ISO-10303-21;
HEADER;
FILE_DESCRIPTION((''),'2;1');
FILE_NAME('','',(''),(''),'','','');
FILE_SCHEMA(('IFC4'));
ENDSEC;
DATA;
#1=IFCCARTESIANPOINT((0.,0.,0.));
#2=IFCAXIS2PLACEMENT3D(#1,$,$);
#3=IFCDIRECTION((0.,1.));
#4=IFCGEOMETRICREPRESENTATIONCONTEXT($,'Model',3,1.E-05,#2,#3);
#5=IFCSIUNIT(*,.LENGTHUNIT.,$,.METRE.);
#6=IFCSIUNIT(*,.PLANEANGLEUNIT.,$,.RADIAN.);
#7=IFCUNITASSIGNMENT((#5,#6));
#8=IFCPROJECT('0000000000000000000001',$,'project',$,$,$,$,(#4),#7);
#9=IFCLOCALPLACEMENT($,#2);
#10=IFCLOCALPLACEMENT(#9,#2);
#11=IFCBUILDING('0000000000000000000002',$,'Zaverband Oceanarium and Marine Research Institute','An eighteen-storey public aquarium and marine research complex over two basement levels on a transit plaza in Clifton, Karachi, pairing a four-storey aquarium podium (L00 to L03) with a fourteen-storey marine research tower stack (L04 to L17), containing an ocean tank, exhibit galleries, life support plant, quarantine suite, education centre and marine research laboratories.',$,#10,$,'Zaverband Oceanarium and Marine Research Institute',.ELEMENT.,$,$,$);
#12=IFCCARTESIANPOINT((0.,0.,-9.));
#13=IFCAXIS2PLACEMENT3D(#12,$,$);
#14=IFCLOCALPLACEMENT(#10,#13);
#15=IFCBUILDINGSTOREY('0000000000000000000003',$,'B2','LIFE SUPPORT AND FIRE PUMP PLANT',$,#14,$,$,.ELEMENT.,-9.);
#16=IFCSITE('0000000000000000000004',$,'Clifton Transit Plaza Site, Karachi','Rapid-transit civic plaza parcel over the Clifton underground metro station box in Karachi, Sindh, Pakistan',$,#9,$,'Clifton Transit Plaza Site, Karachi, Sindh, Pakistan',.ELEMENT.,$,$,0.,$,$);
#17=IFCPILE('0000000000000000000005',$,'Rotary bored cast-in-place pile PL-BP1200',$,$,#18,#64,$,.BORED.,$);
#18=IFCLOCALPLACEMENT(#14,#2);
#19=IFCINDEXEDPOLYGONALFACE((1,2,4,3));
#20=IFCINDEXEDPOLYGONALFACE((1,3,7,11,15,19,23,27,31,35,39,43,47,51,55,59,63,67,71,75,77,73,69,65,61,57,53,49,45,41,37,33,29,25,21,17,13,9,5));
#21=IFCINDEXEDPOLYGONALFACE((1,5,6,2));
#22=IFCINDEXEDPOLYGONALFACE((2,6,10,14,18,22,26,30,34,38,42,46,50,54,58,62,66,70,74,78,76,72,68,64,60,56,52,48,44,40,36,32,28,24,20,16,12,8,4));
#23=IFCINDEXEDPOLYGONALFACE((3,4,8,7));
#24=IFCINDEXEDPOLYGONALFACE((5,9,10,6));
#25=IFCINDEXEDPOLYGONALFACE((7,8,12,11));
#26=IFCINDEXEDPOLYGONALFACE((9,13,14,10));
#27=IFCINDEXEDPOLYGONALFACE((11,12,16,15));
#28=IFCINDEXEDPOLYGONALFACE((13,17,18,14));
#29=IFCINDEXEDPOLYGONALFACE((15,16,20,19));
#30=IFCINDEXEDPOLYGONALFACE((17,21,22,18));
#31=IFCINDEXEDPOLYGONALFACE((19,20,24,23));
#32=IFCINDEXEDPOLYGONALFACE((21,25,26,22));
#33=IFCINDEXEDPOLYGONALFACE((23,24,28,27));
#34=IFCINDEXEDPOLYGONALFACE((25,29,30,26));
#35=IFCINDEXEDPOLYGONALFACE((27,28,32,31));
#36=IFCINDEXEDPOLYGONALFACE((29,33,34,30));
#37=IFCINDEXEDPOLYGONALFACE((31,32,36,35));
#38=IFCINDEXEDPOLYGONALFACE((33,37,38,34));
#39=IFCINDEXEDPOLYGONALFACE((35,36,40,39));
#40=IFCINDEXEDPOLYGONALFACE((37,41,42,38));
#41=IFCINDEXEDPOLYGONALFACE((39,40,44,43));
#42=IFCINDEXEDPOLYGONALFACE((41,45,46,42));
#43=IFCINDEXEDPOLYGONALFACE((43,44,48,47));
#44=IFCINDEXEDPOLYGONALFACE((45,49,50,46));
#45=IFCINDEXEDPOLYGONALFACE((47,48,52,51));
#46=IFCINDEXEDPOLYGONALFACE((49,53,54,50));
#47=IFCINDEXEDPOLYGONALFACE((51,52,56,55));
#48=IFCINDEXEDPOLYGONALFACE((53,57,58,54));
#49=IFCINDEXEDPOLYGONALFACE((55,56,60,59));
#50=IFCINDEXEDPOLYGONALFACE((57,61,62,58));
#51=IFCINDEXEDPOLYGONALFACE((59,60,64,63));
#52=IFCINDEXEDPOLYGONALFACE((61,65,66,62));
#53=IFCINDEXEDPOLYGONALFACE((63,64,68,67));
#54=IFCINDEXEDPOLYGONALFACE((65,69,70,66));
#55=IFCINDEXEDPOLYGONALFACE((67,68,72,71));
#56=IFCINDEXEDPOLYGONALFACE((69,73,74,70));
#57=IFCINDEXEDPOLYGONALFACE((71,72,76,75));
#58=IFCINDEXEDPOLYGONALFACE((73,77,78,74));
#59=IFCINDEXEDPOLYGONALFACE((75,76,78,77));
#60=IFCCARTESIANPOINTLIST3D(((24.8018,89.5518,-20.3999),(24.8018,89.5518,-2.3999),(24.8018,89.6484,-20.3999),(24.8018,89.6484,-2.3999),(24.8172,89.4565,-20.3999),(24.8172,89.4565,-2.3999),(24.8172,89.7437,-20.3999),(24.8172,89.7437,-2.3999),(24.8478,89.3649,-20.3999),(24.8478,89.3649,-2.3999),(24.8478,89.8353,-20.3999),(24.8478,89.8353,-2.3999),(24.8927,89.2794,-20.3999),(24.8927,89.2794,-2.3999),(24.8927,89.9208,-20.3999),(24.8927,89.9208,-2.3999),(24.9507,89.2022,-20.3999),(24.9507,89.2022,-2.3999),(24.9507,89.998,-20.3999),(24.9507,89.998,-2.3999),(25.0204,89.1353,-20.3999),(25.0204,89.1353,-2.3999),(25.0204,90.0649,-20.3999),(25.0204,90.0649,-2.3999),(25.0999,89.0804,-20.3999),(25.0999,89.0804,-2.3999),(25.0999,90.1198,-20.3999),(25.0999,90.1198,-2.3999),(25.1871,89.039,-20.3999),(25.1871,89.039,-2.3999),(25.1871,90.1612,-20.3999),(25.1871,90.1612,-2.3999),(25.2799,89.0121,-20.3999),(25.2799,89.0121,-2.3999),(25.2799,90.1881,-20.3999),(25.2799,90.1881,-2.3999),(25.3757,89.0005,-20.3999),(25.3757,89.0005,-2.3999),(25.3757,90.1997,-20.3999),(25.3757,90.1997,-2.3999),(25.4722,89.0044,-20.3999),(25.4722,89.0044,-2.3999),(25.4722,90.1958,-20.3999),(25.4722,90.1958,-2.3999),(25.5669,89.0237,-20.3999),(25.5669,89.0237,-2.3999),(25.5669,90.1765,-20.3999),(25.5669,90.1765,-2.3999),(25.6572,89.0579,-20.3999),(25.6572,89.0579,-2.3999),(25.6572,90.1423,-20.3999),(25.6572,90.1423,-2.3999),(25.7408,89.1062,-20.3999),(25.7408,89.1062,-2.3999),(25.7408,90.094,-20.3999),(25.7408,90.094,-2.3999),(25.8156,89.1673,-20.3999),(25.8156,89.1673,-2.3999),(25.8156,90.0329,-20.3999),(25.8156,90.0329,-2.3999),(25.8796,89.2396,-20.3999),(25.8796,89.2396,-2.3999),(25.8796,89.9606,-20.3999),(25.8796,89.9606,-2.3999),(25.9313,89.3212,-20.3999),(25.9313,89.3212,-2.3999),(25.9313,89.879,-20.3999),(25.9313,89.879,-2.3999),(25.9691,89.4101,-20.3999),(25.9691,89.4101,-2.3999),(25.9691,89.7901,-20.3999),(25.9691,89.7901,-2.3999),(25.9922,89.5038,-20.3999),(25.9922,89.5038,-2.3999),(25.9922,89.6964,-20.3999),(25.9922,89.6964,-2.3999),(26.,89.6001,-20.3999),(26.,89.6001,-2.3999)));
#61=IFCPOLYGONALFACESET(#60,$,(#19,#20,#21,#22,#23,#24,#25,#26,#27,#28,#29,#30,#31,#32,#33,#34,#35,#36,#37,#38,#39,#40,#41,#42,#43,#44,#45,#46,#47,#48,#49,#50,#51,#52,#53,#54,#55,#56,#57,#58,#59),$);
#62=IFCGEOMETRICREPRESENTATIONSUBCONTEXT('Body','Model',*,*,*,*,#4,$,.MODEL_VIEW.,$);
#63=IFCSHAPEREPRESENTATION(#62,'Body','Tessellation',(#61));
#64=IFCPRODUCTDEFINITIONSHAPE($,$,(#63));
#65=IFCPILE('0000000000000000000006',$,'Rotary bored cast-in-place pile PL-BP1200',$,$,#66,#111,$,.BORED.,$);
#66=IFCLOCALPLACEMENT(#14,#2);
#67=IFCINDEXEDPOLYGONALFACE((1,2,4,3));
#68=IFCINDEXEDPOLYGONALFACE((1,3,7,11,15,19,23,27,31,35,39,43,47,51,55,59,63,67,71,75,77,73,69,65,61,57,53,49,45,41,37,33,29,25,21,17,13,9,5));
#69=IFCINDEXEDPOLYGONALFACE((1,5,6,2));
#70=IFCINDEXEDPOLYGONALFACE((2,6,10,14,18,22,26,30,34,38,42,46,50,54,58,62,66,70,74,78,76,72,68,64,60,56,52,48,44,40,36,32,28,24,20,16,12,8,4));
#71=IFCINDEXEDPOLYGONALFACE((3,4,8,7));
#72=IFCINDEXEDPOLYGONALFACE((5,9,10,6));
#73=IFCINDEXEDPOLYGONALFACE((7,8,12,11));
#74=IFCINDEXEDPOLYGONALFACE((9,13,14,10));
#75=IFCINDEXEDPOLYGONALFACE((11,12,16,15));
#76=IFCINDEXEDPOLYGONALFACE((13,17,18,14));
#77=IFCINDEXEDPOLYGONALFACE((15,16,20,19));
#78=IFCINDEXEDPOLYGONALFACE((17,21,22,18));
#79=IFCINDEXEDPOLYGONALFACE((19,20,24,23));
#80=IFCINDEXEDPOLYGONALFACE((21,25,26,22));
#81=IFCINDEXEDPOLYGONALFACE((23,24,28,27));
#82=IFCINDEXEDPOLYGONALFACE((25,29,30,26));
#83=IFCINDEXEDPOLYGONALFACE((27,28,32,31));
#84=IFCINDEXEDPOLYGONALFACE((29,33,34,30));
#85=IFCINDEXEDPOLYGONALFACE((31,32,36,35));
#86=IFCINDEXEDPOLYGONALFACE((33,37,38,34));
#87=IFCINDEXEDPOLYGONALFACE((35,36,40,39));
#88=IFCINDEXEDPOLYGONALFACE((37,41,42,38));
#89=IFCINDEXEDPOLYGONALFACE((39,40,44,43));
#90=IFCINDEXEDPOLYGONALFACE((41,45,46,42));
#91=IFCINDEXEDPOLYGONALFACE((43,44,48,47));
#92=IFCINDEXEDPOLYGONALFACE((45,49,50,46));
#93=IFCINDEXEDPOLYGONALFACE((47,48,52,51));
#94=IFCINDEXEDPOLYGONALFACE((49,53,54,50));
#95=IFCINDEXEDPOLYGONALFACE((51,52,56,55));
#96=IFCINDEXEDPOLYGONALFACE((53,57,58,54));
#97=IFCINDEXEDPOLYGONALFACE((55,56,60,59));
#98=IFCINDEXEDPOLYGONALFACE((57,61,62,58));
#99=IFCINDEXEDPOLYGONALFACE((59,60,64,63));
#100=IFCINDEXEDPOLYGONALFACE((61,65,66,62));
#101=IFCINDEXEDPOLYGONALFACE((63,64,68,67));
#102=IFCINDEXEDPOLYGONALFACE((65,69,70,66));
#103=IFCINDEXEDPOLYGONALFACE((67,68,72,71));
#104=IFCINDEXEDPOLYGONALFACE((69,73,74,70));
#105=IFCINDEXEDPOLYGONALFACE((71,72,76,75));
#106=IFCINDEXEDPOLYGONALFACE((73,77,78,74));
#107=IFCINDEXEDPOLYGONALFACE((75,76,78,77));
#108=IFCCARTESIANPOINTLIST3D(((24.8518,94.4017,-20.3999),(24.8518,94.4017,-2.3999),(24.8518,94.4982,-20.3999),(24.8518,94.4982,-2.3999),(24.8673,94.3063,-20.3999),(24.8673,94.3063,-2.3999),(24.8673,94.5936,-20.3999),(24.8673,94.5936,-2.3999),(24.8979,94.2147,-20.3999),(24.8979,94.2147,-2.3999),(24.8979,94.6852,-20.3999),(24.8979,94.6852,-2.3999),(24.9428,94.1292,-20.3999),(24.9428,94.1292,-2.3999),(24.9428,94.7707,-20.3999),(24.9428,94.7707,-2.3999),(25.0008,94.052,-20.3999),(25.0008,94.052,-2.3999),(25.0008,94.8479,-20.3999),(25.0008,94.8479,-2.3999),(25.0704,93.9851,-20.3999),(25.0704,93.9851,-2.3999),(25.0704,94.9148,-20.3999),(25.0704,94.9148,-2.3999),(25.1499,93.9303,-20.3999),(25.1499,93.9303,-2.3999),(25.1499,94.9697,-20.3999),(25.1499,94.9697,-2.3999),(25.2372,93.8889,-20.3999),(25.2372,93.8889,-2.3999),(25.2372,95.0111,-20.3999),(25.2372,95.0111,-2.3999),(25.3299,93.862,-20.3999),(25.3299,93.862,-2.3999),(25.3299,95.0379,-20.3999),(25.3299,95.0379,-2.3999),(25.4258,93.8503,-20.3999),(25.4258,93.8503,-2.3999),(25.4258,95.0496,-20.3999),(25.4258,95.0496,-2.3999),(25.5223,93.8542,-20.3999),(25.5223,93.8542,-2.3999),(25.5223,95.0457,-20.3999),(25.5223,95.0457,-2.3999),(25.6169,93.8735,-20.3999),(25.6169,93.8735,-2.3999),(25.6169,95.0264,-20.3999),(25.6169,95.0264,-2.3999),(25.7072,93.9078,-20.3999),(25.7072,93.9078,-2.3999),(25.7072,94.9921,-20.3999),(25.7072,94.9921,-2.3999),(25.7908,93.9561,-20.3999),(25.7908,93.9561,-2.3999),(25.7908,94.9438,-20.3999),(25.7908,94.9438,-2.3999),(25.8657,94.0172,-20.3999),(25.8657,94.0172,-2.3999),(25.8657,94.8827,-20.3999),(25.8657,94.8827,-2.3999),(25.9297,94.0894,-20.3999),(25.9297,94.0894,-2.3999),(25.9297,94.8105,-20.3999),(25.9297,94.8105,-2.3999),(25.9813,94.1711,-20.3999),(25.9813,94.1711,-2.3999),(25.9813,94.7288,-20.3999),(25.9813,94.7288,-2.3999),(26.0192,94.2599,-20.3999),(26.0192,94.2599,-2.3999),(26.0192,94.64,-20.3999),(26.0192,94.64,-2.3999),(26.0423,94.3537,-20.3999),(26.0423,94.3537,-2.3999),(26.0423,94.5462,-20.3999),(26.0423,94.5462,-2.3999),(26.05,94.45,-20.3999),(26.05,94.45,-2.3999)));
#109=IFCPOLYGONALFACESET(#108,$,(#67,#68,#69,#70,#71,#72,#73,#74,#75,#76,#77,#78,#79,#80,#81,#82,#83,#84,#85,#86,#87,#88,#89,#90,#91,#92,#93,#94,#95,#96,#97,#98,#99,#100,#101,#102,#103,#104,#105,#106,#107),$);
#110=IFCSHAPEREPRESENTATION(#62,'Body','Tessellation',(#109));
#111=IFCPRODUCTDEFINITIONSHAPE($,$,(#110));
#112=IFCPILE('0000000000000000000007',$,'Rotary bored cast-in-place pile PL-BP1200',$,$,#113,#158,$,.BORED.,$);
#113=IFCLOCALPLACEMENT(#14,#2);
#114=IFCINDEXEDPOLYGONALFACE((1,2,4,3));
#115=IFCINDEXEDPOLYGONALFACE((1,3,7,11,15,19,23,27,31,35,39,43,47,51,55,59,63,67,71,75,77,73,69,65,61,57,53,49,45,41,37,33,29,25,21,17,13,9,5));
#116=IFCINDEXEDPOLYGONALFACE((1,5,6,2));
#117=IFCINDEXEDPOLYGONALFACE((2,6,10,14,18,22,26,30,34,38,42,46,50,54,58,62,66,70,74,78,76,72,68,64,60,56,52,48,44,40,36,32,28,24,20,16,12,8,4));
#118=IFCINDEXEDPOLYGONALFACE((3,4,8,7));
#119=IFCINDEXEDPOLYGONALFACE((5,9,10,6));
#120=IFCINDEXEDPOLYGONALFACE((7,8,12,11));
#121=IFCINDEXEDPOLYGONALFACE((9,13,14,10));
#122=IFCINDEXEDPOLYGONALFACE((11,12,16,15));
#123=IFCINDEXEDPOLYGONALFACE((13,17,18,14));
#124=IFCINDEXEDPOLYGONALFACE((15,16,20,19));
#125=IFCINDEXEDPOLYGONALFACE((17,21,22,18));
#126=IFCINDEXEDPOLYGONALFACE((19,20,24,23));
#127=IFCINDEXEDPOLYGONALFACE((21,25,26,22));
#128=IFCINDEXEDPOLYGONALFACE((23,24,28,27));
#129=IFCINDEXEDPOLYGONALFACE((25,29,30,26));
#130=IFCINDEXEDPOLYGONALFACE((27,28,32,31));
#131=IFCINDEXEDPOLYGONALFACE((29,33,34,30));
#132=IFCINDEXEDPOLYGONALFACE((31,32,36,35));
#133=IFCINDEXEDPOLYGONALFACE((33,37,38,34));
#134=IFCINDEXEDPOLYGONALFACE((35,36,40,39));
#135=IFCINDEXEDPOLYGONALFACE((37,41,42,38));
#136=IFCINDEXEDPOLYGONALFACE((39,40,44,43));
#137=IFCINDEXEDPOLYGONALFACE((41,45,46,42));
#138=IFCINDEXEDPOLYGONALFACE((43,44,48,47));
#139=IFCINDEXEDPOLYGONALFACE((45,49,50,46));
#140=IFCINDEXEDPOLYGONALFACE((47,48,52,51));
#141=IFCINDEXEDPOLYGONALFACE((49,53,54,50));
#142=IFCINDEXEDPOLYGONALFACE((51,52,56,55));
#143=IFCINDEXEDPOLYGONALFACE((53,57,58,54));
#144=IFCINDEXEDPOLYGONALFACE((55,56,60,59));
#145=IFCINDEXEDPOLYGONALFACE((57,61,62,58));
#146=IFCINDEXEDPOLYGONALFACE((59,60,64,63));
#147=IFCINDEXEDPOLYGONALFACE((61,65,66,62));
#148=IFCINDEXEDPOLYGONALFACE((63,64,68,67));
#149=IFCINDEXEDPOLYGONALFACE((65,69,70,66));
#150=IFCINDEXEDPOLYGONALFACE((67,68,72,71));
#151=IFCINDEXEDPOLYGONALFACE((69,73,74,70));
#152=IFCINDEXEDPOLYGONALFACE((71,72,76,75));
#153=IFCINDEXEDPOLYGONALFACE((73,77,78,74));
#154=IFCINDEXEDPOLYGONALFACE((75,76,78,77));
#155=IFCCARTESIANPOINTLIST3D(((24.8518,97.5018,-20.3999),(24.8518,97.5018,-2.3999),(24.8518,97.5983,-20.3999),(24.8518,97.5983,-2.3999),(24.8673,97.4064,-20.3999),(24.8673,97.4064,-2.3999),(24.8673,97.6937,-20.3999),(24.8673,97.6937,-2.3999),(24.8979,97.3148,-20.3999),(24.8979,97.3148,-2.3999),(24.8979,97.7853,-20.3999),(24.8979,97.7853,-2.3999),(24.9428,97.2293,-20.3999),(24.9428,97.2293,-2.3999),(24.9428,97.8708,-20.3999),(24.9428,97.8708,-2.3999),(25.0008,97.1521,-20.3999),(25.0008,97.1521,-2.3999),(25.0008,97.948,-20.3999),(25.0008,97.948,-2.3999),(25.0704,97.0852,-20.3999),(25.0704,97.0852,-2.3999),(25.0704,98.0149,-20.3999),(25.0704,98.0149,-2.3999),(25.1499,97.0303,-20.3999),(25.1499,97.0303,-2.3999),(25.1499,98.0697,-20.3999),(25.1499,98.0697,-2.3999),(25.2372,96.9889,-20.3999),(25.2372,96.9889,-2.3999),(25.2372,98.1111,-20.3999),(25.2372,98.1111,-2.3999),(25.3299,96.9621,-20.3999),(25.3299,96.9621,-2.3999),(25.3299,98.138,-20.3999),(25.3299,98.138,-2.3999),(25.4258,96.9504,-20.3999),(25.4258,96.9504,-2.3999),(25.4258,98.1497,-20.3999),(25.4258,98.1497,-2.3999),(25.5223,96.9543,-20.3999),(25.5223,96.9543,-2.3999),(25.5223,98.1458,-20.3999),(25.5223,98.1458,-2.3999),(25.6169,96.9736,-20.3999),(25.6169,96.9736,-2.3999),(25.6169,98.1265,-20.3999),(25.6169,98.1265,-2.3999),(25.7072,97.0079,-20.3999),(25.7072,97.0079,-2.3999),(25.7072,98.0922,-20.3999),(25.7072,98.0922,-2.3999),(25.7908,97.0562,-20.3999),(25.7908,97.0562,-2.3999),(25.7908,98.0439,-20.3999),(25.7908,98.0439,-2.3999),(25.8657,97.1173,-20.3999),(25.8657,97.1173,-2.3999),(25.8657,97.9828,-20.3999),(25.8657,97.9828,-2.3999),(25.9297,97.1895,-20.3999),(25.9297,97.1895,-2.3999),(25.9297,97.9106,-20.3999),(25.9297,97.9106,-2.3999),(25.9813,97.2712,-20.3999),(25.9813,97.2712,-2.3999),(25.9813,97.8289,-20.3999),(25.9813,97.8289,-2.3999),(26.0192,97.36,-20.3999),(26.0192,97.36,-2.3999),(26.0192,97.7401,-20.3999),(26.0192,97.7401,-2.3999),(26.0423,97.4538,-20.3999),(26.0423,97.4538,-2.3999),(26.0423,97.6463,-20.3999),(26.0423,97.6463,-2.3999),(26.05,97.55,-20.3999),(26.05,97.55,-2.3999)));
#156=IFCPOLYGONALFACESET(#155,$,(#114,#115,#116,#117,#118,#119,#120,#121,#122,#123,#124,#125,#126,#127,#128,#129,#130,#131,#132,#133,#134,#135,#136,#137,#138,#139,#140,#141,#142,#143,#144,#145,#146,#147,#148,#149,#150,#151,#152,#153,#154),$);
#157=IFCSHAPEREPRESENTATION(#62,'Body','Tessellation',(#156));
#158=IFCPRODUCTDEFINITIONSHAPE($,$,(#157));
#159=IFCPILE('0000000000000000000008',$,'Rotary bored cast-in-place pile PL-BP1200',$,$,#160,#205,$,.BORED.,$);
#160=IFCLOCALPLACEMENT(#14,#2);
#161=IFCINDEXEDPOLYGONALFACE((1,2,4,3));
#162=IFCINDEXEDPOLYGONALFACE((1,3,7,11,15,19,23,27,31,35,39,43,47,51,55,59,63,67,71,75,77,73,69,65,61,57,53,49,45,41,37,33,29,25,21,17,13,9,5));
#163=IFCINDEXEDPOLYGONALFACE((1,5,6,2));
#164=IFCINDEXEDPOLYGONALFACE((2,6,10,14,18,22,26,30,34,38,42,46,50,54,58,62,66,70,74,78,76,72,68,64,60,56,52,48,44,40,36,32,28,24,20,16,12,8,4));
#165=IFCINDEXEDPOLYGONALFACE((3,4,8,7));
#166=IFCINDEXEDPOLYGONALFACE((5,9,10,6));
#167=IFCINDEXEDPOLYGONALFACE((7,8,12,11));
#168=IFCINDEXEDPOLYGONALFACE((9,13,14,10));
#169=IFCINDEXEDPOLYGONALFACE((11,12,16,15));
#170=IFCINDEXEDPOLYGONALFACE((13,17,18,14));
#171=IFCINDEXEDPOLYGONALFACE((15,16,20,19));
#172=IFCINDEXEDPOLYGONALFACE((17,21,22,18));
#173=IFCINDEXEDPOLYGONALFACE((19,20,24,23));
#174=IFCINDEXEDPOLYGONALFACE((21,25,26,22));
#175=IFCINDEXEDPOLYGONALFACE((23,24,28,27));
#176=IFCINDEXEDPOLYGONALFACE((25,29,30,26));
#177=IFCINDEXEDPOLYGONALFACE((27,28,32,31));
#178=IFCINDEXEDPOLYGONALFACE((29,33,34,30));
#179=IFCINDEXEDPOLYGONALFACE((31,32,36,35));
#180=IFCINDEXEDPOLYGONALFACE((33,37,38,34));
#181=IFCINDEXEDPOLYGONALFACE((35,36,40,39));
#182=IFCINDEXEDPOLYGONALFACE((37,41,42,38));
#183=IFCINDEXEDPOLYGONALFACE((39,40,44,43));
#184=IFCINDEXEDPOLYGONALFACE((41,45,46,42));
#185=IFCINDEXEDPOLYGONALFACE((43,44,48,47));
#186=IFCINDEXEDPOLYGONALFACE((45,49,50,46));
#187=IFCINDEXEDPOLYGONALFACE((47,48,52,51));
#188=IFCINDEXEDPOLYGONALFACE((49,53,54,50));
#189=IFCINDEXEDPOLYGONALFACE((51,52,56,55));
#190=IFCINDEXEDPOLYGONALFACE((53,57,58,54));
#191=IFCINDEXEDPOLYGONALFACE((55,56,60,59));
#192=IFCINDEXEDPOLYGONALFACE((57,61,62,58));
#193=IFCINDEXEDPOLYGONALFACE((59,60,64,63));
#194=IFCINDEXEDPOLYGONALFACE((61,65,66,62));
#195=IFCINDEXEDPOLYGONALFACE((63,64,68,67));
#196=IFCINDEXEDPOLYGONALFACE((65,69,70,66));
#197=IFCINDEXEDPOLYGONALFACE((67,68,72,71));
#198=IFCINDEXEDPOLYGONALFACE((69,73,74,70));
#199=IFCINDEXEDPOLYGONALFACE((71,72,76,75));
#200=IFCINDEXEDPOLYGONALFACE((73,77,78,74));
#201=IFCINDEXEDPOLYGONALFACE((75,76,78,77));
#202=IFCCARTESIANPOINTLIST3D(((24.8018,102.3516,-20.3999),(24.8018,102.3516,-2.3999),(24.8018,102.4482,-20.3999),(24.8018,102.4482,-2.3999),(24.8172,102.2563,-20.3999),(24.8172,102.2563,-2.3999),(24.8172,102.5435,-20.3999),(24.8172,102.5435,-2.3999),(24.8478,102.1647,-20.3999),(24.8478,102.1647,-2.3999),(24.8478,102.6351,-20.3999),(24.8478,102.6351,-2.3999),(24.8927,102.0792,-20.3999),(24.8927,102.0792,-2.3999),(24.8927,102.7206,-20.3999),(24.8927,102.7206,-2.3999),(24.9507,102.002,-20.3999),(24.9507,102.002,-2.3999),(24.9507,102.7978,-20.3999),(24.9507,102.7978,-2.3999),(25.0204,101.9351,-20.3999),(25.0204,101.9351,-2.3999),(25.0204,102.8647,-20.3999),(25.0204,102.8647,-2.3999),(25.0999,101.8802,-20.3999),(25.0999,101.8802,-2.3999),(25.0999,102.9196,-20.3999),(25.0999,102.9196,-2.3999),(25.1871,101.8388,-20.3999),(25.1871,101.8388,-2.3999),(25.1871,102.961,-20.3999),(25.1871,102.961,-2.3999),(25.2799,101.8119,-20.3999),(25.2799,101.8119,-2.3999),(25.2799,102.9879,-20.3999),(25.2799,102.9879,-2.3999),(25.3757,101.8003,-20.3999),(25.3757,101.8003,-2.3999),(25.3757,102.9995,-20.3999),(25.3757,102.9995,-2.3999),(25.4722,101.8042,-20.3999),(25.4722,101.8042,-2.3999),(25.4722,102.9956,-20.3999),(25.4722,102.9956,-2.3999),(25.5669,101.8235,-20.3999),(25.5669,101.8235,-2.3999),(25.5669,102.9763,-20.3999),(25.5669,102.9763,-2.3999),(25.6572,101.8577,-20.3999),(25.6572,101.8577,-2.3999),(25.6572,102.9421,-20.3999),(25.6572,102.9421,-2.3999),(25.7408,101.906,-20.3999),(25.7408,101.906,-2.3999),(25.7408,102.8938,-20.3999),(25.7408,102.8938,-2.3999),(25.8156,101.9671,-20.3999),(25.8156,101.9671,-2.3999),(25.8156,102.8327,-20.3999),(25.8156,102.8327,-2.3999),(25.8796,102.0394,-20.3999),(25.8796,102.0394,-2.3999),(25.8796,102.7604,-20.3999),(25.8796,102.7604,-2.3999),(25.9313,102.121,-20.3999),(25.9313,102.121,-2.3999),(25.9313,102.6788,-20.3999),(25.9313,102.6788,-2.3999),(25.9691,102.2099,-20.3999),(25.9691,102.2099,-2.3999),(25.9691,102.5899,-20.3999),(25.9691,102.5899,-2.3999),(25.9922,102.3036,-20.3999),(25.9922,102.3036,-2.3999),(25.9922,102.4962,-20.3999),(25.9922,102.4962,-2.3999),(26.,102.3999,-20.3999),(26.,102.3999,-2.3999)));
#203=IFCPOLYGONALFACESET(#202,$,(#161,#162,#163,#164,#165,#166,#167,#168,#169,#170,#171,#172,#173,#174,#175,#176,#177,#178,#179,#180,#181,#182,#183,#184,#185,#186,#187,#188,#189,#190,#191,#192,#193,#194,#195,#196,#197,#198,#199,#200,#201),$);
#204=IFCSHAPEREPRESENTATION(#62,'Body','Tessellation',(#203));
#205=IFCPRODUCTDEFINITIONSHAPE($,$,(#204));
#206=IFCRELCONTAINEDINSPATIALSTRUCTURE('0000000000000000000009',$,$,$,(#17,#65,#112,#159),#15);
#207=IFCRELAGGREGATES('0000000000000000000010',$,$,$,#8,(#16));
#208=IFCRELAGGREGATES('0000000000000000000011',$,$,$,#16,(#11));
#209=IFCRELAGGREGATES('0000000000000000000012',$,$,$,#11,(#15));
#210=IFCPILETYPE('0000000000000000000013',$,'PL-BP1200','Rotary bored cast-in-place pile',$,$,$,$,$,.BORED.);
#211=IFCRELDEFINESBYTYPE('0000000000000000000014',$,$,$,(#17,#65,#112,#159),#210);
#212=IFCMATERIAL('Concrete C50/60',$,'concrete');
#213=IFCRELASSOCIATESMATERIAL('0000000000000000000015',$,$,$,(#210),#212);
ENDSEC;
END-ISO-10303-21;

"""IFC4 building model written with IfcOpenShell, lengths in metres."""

from ifc_helpers import new_model, si_unit, direction, frame, origin, origin_2d, place, context, subcontext, project, spatial, circle, extrude, material, material_profile, profile_set, type_object, element, save


model = new_model("IFC4")

# Units and contexts
model_context = context("Model", 3, precision=1e-05, world=origin(), true_north=direction((0.0, 1.0)))
body_context = subcontext(model_context, "Body", "Model", "MODEL_VIEW")
ifc_project = project(units=[si_unit("LENGTHUNIT", "METRE"), si_unit("PLANEANGLEUNIT", "RADIAN")], contexts=[model_context])

# Site, building, storey
site_placement = place(None, origin())
site = spatial("IfcSite", under=ifc_project, at=site_placement, Name="Clifton Transit Plaza Site, Karachi", Description="Rapid-transit civic plaza parcel over the Clifton underground metro station box in Karachi, Sindh, Pakistan", LongName="Clifton Transit Plaza Site, Karachi, Sindh, Pakistan", CompositionType="ELEMENT", RefElevation=0.0)
building_placement = place(site_placement, origin())
building = spatial("IfcBuilding", under=site, at=building_placement, Name="Zaverband Oceanarium and Marine Research Institute", Description="An eighteen-storey public aquarium and marine research complex over two basement levels on a transit plaza in Clifton, Karachi, pairing a four-storey aquarium podium (L00 to L03) with a fourteen-storey marine research tower stack (L04 to L17), containing an ocean tank, exhibit galleries, life support plant, quarantine suite, education centre and marine research laboratories.", LongName="Zaverband Oceanarium and Marine Research Institute", CompositionType="ELEMENT")
storey_placement = place(building_placement, frame((0.0, 0.0, -9.0)))
storey = spatial("IfcBuildingStorey", under=building, at=storey_placement, Name="B2", Description="LIFE SUPPORT AND FIRE PUMP PLANT", CompositionType="ELEMENT", Elevation=-9.0)

# Shared definitions
ifc_material_1 = material(Name="Concrete C50/60", Category="concrete")

# Piles
ifc_material_profile_1 = material_profile(ifc_material_1, circle(Radius=0.6001, at=origin_2d()), Name="BP1200")
ifc_profile_set_1 = profile_set([ifc_material_profile_1], Name="Concrete C50/60")
pile_type = type_object("IfcPileType", Name="PL-BP1200", Description="Rotary bored cast-in-place pile", PredefinedType="BORED", material=ifc_profile_set_1)
for number, where, z_axis, x_axis, name in (
    (1, (25.3999, 89.6001, -2.3999), (0.0, 0.0, -1.0), (1.0, 0.0, 0.0), "Rotary bored cast-in-place pile PL-BP1200"),
    (2, (25.45, 94.45, -2.3999), (0.0, 0.0, -1.0), (1.0, 0.0, 0.0), "Rotary bored cast-in-place pile PL-BP1200"),
    (3, (25.45, 97.55, -2.3999), (0.0, 0.0, -1.0), (1.0, 0.0, 0.0), "Rotary bored cast-in-place pile PL-BP1200"),
    (4, (25.3999, 102.3999, -2.3999), (0.0, 0.0, -1.0), (1.0, 0.0, 0.0), "Rotary bored cast-in-place pile PL-BP1200"),
):
    element("IfcPile", number, at=place(storey_placement, frame(where, z_axis=z_axis, x_axis=x_axis)), inside=storey, type_object=pile_type, Name=name, PredefinedType="BORED", context=body_context, shape_type="SweptSolid", body=[
        extrude(circle(Radius=0.6001, at=origin_2d()), origin(), (0.0, 0.0, 1.0), 18.0),
    ])

save(model, "model.ifc")
